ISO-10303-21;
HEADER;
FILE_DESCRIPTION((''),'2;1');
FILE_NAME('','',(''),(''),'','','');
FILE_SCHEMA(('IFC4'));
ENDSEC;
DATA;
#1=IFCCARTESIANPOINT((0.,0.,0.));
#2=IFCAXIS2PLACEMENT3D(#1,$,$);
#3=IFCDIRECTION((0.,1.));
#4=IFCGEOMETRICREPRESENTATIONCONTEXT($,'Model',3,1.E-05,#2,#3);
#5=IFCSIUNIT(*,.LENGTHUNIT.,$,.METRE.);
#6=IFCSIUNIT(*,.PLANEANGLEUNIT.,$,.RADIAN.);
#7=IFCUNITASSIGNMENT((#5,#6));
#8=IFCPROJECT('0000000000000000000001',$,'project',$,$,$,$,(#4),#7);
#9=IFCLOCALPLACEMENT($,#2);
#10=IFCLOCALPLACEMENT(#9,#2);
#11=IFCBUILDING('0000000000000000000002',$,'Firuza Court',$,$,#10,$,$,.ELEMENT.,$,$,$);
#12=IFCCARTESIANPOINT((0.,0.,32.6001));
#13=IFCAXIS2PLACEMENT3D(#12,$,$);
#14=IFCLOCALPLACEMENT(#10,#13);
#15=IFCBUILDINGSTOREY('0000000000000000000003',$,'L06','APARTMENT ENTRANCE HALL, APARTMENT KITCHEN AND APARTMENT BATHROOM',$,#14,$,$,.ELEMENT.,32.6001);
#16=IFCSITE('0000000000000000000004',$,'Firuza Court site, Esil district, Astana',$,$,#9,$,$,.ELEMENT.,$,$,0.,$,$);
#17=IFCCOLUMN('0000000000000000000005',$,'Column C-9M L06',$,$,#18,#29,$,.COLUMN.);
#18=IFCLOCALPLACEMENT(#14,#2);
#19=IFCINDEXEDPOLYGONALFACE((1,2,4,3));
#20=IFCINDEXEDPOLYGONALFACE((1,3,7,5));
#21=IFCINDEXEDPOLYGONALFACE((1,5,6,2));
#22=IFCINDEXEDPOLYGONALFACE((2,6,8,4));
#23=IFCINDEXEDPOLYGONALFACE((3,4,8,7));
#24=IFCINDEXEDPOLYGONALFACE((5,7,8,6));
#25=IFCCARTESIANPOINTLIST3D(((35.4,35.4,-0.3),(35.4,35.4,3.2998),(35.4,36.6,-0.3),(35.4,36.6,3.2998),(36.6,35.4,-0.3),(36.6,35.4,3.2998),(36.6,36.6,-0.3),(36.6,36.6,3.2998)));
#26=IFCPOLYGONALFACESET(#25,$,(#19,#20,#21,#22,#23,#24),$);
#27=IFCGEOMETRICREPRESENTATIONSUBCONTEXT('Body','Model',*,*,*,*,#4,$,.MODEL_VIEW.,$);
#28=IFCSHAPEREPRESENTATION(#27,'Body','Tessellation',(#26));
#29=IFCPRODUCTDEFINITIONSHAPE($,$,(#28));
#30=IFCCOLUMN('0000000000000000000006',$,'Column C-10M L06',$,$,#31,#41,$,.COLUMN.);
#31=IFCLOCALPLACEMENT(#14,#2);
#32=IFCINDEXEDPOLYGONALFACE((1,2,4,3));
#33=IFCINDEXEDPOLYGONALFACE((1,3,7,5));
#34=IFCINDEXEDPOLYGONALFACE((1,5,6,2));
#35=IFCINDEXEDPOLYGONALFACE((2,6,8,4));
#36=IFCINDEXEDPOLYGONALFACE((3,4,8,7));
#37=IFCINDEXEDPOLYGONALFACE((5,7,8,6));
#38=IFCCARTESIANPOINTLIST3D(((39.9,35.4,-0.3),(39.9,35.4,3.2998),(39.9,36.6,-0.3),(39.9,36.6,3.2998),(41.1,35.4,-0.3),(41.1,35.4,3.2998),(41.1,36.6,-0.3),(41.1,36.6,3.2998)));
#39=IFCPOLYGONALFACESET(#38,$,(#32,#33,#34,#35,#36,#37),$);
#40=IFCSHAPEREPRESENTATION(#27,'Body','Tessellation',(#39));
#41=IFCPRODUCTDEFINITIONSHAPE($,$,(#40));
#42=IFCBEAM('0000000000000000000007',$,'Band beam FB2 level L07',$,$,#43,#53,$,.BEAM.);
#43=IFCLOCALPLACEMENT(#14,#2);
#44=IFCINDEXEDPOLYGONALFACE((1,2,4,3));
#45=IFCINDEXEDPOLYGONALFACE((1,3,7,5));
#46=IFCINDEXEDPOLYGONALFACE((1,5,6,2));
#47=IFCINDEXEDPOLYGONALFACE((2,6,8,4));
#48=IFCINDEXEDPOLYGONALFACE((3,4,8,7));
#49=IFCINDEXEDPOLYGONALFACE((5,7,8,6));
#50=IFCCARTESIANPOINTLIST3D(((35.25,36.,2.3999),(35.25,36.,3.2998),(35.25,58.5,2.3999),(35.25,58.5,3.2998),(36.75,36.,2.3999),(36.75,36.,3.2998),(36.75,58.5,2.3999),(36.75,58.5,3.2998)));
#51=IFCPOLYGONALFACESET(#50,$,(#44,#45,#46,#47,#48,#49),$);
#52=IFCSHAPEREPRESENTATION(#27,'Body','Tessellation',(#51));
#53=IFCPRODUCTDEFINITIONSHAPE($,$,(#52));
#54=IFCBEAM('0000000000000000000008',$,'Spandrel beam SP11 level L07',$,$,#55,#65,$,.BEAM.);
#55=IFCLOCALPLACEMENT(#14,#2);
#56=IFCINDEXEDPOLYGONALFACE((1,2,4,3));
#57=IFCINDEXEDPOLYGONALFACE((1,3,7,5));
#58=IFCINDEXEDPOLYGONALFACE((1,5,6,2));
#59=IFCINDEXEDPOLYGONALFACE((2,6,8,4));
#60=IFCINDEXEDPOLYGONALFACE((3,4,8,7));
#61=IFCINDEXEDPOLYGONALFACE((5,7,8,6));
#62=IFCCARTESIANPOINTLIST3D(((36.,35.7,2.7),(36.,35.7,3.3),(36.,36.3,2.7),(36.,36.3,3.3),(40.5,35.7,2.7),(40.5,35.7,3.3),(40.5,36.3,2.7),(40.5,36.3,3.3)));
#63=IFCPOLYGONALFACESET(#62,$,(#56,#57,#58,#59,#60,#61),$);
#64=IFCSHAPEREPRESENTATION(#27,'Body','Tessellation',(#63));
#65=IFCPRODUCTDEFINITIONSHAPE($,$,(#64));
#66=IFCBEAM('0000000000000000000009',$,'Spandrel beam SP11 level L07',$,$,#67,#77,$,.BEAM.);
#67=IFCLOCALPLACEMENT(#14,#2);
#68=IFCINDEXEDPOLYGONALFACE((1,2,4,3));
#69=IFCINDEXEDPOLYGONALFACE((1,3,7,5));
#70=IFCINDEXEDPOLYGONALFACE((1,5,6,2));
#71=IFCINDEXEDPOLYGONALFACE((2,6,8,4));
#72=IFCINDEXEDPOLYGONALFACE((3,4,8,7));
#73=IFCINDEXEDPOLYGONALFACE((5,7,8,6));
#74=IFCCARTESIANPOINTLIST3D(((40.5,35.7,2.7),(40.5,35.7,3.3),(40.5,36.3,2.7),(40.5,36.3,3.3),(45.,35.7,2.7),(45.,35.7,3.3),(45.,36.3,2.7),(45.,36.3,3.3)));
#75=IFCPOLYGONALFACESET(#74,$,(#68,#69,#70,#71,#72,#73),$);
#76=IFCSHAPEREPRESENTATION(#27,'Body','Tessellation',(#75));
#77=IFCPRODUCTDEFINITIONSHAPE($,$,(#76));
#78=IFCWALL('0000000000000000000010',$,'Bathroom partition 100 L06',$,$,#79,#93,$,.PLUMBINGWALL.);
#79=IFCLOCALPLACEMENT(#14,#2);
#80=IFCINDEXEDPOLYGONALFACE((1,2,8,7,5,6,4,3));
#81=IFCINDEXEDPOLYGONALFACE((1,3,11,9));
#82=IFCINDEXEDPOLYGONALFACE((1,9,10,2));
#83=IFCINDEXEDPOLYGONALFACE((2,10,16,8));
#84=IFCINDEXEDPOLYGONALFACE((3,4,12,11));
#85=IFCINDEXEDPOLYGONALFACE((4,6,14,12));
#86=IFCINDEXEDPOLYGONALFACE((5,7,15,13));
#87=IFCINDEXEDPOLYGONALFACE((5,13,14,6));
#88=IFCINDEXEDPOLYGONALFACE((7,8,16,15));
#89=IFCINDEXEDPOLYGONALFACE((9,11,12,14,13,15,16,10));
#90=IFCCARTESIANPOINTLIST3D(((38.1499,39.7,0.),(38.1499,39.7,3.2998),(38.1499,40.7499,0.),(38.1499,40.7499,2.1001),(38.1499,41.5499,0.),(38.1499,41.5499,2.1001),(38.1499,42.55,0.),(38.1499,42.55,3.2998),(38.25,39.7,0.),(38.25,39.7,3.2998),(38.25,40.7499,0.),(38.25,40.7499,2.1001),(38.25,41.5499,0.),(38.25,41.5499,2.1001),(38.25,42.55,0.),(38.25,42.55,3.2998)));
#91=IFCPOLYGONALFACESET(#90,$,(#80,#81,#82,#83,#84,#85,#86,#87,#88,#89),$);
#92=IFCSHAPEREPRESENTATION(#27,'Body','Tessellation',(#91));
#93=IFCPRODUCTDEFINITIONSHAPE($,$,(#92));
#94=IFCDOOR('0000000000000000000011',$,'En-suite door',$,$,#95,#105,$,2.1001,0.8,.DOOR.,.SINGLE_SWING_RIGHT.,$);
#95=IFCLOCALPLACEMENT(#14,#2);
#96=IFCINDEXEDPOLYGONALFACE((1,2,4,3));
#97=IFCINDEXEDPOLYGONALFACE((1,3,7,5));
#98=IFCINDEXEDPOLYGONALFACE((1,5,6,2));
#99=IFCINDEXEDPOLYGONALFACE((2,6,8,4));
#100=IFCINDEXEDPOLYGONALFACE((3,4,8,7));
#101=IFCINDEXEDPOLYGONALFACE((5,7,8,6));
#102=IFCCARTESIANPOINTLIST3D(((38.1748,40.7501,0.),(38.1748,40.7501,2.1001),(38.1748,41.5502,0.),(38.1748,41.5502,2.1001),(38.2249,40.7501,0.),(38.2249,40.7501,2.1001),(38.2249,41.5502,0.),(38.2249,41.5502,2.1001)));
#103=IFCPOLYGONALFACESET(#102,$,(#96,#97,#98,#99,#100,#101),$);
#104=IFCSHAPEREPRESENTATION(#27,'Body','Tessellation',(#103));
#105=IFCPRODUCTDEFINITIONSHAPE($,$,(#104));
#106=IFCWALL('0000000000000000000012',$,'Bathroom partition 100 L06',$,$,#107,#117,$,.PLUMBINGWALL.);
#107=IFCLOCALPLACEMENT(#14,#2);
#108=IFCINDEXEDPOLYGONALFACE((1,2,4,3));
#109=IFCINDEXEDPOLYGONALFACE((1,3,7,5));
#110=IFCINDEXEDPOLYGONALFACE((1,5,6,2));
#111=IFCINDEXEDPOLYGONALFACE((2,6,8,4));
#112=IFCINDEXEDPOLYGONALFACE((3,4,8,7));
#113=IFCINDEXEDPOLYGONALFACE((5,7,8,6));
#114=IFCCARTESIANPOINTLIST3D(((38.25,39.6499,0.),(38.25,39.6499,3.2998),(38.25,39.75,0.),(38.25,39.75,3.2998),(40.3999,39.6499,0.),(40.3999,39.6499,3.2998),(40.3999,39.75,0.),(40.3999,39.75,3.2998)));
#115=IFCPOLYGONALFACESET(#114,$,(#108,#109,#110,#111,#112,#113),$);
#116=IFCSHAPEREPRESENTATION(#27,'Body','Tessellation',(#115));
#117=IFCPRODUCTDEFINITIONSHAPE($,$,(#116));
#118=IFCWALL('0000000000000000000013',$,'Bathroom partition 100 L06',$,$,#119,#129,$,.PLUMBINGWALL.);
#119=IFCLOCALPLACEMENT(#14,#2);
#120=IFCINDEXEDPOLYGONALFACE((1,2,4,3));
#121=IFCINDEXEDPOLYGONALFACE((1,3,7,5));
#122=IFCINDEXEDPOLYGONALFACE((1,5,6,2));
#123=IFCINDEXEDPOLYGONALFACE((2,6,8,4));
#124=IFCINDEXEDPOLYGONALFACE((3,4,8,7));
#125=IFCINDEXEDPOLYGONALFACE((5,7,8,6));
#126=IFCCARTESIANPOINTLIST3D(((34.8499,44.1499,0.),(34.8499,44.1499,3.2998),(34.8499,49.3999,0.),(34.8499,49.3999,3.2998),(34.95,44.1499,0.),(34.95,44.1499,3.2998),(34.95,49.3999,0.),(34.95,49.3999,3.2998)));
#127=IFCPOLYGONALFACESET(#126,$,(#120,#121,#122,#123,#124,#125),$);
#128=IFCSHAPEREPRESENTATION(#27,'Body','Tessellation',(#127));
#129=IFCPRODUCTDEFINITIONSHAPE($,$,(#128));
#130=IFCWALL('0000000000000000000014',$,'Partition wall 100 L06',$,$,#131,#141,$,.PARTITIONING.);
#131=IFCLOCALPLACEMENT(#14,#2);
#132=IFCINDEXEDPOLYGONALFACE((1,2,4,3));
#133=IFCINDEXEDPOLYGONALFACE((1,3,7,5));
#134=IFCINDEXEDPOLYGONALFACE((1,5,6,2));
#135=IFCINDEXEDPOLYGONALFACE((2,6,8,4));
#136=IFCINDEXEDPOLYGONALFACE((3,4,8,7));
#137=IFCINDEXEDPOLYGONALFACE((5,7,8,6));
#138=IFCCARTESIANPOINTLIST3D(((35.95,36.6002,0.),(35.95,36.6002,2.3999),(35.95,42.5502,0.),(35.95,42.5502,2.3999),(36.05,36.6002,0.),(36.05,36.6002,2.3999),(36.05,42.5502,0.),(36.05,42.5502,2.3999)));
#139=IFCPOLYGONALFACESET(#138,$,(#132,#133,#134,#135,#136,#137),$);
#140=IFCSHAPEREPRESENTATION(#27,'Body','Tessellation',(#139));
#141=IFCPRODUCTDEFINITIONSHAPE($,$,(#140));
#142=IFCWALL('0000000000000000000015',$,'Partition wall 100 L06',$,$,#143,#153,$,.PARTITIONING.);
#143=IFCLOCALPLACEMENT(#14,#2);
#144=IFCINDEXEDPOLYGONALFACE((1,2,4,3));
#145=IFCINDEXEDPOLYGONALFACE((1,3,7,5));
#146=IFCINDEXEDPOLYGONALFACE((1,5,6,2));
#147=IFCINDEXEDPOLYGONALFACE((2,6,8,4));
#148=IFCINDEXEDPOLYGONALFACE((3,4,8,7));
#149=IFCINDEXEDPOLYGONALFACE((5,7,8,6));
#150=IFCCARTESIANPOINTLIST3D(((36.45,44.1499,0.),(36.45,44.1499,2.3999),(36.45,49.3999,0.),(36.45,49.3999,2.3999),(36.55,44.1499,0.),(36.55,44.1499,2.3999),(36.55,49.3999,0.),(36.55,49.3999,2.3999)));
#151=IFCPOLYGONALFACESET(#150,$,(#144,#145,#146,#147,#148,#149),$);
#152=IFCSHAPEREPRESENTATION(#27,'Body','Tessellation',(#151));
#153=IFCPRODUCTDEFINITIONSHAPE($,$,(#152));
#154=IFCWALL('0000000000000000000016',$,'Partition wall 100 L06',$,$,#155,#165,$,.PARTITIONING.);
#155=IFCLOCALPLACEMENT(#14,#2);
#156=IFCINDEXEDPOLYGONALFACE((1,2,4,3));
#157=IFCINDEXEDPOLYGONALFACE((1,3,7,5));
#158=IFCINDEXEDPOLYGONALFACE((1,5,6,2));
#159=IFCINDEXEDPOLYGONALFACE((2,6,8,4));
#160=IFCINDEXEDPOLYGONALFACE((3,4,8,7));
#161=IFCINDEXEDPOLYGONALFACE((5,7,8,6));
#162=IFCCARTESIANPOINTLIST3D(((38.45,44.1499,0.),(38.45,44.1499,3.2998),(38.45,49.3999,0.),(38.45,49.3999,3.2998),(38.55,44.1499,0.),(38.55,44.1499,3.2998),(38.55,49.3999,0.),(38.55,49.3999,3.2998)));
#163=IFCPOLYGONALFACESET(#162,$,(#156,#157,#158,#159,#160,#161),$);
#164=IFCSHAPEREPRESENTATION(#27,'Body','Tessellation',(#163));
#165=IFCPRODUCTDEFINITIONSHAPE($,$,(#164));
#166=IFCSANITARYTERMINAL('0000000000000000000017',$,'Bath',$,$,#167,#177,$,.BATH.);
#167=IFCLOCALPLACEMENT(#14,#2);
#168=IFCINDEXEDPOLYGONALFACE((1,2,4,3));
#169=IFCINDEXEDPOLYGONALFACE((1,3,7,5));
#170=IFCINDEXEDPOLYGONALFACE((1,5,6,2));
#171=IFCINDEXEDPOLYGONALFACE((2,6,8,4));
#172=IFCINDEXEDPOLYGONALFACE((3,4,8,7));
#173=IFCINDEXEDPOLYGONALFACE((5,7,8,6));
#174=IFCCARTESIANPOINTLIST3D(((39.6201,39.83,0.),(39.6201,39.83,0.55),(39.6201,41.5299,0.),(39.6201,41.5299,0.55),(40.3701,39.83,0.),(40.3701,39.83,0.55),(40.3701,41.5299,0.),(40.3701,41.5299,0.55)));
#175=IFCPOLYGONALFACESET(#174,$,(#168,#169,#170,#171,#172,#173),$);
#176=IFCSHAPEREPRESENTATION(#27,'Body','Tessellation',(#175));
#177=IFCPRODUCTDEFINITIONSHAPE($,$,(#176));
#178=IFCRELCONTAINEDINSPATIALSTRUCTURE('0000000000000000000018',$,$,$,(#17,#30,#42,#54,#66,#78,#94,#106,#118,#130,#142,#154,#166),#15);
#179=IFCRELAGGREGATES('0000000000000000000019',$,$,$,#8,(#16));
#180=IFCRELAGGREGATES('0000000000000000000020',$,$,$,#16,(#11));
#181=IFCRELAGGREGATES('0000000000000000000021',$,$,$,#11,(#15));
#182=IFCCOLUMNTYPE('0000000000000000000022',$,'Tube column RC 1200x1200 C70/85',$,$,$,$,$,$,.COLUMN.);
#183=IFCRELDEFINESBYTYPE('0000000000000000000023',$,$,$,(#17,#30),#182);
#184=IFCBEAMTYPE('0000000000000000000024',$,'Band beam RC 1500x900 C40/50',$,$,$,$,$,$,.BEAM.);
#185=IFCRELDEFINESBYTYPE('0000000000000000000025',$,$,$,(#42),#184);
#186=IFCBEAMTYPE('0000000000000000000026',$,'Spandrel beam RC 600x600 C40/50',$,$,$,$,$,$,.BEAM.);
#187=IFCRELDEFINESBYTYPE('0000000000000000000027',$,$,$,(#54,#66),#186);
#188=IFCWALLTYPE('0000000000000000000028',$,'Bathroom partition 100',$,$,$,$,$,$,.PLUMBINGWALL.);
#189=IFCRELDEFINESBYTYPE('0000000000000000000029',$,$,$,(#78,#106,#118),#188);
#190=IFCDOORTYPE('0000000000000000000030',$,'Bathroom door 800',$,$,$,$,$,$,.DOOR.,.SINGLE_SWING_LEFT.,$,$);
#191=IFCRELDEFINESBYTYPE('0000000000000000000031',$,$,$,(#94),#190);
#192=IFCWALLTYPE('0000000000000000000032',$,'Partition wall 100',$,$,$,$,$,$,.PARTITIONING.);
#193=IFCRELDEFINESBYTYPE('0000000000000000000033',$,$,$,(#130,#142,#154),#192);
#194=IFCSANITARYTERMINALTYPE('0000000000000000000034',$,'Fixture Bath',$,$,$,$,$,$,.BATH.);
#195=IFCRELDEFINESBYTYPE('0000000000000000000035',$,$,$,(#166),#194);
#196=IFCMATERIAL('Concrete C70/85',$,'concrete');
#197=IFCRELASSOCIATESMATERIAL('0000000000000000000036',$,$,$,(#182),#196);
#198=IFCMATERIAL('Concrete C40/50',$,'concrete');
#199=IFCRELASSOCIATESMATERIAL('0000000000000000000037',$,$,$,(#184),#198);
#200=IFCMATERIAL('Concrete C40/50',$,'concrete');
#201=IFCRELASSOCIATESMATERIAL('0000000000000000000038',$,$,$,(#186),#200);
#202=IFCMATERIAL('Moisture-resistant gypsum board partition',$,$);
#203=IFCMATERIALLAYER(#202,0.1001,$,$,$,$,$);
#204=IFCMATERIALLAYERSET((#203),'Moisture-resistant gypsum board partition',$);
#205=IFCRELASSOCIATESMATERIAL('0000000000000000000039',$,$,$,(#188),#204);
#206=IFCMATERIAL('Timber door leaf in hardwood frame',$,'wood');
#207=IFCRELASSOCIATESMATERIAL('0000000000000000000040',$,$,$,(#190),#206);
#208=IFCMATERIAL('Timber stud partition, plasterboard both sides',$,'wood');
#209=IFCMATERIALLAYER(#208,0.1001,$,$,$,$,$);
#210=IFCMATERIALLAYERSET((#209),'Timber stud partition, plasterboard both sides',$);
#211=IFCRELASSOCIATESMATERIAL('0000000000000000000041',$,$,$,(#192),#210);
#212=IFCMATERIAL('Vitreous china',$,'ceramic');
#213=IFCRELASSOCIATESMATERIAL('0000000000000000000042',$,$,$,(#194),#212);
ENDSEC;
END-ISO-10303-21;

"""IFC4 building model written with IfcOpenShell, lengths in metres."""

from ifc_helpers import new_model, si_unit, direction, frame, frame_2d, origin, origin_2d, place, context, subcontext, project, spatial, rectangle, extrude, material, layer, layer_set, material_profile, profile_set, type_object, element, fill, save


model = new_model("IFC4")

# Units and contexts
model_context = context("Model", 3, precision=1e-05, world=origin(), true_north=direction((0.0, 1.0)))
body_context = subcontext(model_context, "Body", "Model", "MODEL_VIEW")
ifc_project = project(units=[si_unit("LENGTHUNIT", "METRE"), si_unit("PLANEANGLEUNIT", "RADIAN")], contexts=[model_context])

# Site, building, storey
site_placement = place(None, origin())
site = spatial("IfcSite", under=ifc_project, at=site_placement, Name="Firuza Court site, Esil district, Astana", CompositionType="ELEMENT", RefElevation=0.0)
building_placement = place(site_placement, origin())
building = spatial("IfcBuilding", under=site, at=building_placement, Name="Firuza Court", CompositionType="ELEMENT")
storey_placement = place(building_placement, frame((0.0, 0.0, 32.6001)))
storey = spatial("IfcBuildingStorey", under=building, at=storey_placement, Name="L06", Description="APARTMENT ENTRANCE HALL, APARTMENT KITCHEN AND APARTMENT BATHROOM", CompositionType="ELEMENT", Elevation=32.6001)

# Columns
ifc_material_1 = material(Name="Concrete C70/85", Category="concrete")
ifc_material_profile_1 = material_profile(ifc_material_1, rectangle(XDim=1.2, YDim=1.2, at=origin_2d()), Name="RC 1200x1200")
ifc_profile_set_1 = profile_set([ifc_material_profile_1], Name="Concrete C70/85")
column_type = type_object("IfcColumnType", Name="Tube column RC 1200x1200 C70/85", PredefinedType="COLUMN", material=ifc_profile_set_1)
for number, where, z_axis, x_axis, name in (
    (1, (36.0, 36.0, -0.3), (0.0, 0.0, 1.0), (1.0, 0.0, 0.0), "Column C-9M L06"),
    (2, (40.5, 36.0, -0.3), (0.0, 0.0, 1.0), (1.0, 0.0, 0.0), "Column C-10M L06"),
):
    element("IfcColumn", number, at=place(storey_placement, frame(where, z_axis=z_axis, x_axis=x_axis)), inside=storey, type_object=column_type, Name=name, PredefinedType="COLUMN", context=body_context, shape_type="SweptSolid", body=[
        extrude(rectangle(XDim=1.2, YDim=1.2, at=origin_2d()), origin(), (0.0, 0.0, 1.0), 3.5999),
    ])

# Beams
ifc_material_2 = material(Name="Concrete C40/50", Category="concrete")
ifc_material_profile_2 = material_profile(ifc_material_2, rectangle(XDim=1.5, YDim=0.8999, at=origin_2d()), Name="RC 1500x900")
ifc_profile_set_2 = profile_set([ifc_material_profile_2], Name="Concrete C40/50")
beam_type_1 = type_object("IfcBeamType", Name="Band beam RC 1500x900 C40/50", PredefinedType="BEAM", material=ifc_profile_set_2)
beam_placement = place(storey_placement, frame((36.0, 36.0, 2.8499), z_axis=(0.0, 1.0, 0.0), x_axis=(-1.0, 0.0, 0.0)))
element("IfcBeam", 3, at=beam_placement, inside=storey, type_object=beam_type_1, Name="Band beam FB2 level L07", PredefinedType="BEAM", context=body_context, shape_type="SweptSolid", body=[
    extrude(rectangle(XDim=1.5, YDim=0.8999, at=origin_2d()), origin(), (0.0, 0.0, 1.0), 22.5),
])
ifc_material_3 = material(Name="Concrete C40/50", Category="concrete")
ifc_material_profile_3 = material_profile(ifc_material_3, rectangle(XDim=0.6001, YDim=0.6001, at=origin_2d()), Name="RC 600x600")
ifc_profile_set_3 = profile_set([ifc_material_profile_3], Name="Concrete C40/50")
beam_type_2 = type_object("IfcBeamType", Name="Spandrel beam RC 600x600 C40/50", PredefinedType="BEAM", material=ifc_profile_set_3)
for number, where, z_axis, x_axis, name in (
    (4, (36.0, 36.0, 3.0), (1.0, 0.0, 0.0), (0.0, 1.0, 0.0), "Spandrel beam SP11 level L07"),
    (5, (40.5, 36.0, 3.0), (1.0, 0.0, 0.0), (0.0, 1.0, 0.0), "Spandrel beam SP11 level L07"),
):
    element("IfcBeam", number, at=place(storey_placement, frame(where, z_axis=z_axis, x_axis=x_axis)), inside=storey, type_object=beam_type_2, Name=name, PredefinedType="BEAM", context=body_context, shape_type="SweptSolid", body=[
        extrude(rectangle(XDim=0.6001, YDim=0.6001, at=origin_2d()), origin(), (0.0, 0.0, 1.0), 4.5),
    ])

# Wall, opening, door
ifc_material_4 = material(Name="Moisture-resistant gypsum board partition")
ifc_layer_1 = layer(ifc_material_4, 0.1001)
ifc_layer_set_1 = layer_set([ifc_layer_1], Name="Moisture-resistant gypsum board partition")
wall_type_1 = type_object("IfcWallType", Name="Bathroom partition 100", PredefinedType="PLUMBINGWALL", material=ifc_layer_set_1)
wall_1_placement = place(storey_placement, frame((38.2, 39.7, 0.0), z_axis=(0.0, 0.0, 1.0), x_axis=(0.0, 1.0, 0.0)))
wall_1 = element("IfcWall", 6, at=wall_1_placement, inside=storey, type_object=wall_type_1, Name="Bathroom partition 100 L06", PredefinedType="PLUMBINGWALL", context=body_context, shape_type="SweptSolid", body=[
    extrude(rectangle(XDim=2.8501, YDim=0.1001, at=frame_2d((1.425, 0.0))), origin(), (0.0, 0.0, 1.0), 3.2998),
])
opening_placement = place(wall_1_placement, frame((1.05, 0.0, 0.0)))
opening = element("IfcOpeningElement", 7, at=opening_placement, cuts=wall_1, PredefinedType="OPENING", context=body_context, shape_type="SweptSolid", body=[
    extrude(rectangle(XDim=0.8, YDim=2.1001, at=frame_2d((0.3999, 1.05))), frame((0.0, 0.062, 0.0), z_axis=(0.0, -1.0, 0.0), x_axis=(1.0, 0.0, 0.0)), (0.0, 0.0, 1.0), 0.124),
])
ifc_material_5 = material(Name="Timber door leaf in hardwood frame", Category="wood")
door_type = type_object("IfcDoorType", Name="Bathroom door 800", OperationType="SINGLE_SWING_LEFT", PredefinedType="DOOR", material=ifc_material_5)
door_placement = place(opening_placement, frame((0.8, 0.0, 0.0), z_axis=(0.0, 0.0, 1.0), x_axis=(-1.0, 0.0, 0.0)))
door = element("IfcDoor", 8, at=door_placement, inside=storey, type_object=door_type, Name="En-suite door", OperationType="SINGLE_SWING_RIGHT", OverallHeight=2.1001, OverallWidth=0.8, PredefinedType="DOOR", context=body_context, shape_type="SweptSolid", body=[
    extrude(rectangle(XDim=0.8, YDim=2.1001, at=frame_2d((0.3999, 1.05))), frame((0.0, 0.0249, 0.0), z_axis=(0.0, -1.0, 0.0), x_axis=(1.0, 0.0, 0.0)), (0.0, 0.0, 1.0), 0.05),
])
fill(opening, door)

# Walls
wall_2_placement = place(storey_placement, frame((38.25, 39.7, 0.0), z_axis=(0.0, 0.0, 1.0), x_axis=(1.0, 0.0, 0.0)))
element("IfcWall", 9, at=wall_2_placement, inside=storey, type_object=wall_type_1, Name="Bathroom partition 100 L06", PredefinedType="PLUMBINGWALL", context=body_context, shape_type="SweptSolid", body=[
    extrude(rectangle(XDim=2.1499, YDim=0.1001, at=frame_2d((1.075, 0.0))), origin(), (0.0, 0.0, 1.0), 3.2998),
])
wall_3_placement = place(storey_placement, frame((34.8999, 44.1499, 0.0), z_axis=(0.0, 0.0, 1.0), x_axis=(0.0, 1.0, 0.0)))
element("IfcWall", 10, at=wall_3_placement, inside=storey, type_object=wall_type_1, Name="Bathroom partition 100 L06", PredefinedType="PLUMBINGWALL", context=body_context, shape_type="SweptSolid", body=[
    extrude(rectangle(XDim=5.25, YDim=0.1001, at=frame_2d((2.625, 0.0))), origin(), (0.0, 0.0, 1.0), 3.2998),
])
ifc_material_6 = material(Name="Timber stud partition, plasterboard both sides", Category="wood")
ifc_layer_2 = layer(ifc_material_6, 0.1001)
ifc_layer_set_2 = layer_set([ifc_layer_2], Name="Timber stud partition, plasterboard both sides")
wall_type_2 = type_object("IfcWallType", Name="Partition wall 100", PredefinedType="PARTITIONING", material=ifc_layer_set_2)
wall_4_placement = place(storey_placement, frame((36.0, 36.6001, 0.0), z_axis=(0.0, 0.0, 1.0), x_axis=(0.0, 1.0, 0.0)))
element("IfcWall", 11, at=wall_4_placement, inside=storey, type_object=wall_type_2, Name="Partition wall 100 L06", PredefinedType="PARTITIONING", context=body_context, shape_type="SweptSolid", body=[
    extrude(rectangle(XDim=5.95, YDim=0.1001, at=frame_2d((2.9751, 0.0))), origin(), (0.0, 0.0, 1.0), 2.3999),
])
wall_5_placement = place(storey_placement, frame((36.5, 44.1499, 0.0), z_axis=(0.0, 0.0, 1.0), x_axis=(0.0, 1.0, 0.0)))
element("IfcWall", 12, at=wall_5_placement, inside=storey, type_object=wall_type_2, Name="Partition wall 100 L06", PredefinedType="PARTITIONING", context=body_context, shape_type="SweptSolid", body=[
    extrude(rectangle(XDim=5.25, YDim=0.1001, at=frame_2d((2.625, 0.0))), origin(), (0.0, 0.0, 1.0), 2.3999),
])
wall_6_placement = place(storey_placement, frame((38.5, 44.1499, 0.0), z_axis=(0.0, 0.0, 1.0), x_axis=(0.0, 1.0, 0.0)))
element("IfcWall", 13, at=wall_6_placement, inside=storey, type_object=wall_type_2, Name="Partition wall 100 L06", PredefinedType="PARTITIONING", context=body_context, shape_type="SweptSolid", body=[
    extrude(rectangle(XDim=5.25, YDim=0.1001, at=frame_2d((2.625, 0.0))), origin(), (0.0, 0.0, 1.0), 3.2998),
])

# Sanitary terminal
ifc_material_7 = material(Name="Vitreous china", Category="ceramic")
sanitary_terminal_type_1 = type_object("IfcSanitaryTerminalType", Name="Fixture Bath", PredefinedType="BATH", material=ifc_material_7)
sanitary_terminal_1_placement = place(storey_placement, frame((39.9951, 40.6799, 0.0), z_axis=(0.0, 0.0, 1.0), x_axis=(1.0, 0.0, 0.0)))
element("IfcSanitaryTerminal", 14, at=sanitary_terminal_1_placement, inside=storey, type_object=sanitary_terminal_type_1, Name="Bath", PredefinedType="BATH", context=body_context, shape_type="SweptSolid", body=[
    extrude(rectangle(XDim=0.75, YDim=1.7, at=origin_2d()), origin(), (0.0, 0.0, 1.0), 0.55),
])

save(model, "model.ifc")
